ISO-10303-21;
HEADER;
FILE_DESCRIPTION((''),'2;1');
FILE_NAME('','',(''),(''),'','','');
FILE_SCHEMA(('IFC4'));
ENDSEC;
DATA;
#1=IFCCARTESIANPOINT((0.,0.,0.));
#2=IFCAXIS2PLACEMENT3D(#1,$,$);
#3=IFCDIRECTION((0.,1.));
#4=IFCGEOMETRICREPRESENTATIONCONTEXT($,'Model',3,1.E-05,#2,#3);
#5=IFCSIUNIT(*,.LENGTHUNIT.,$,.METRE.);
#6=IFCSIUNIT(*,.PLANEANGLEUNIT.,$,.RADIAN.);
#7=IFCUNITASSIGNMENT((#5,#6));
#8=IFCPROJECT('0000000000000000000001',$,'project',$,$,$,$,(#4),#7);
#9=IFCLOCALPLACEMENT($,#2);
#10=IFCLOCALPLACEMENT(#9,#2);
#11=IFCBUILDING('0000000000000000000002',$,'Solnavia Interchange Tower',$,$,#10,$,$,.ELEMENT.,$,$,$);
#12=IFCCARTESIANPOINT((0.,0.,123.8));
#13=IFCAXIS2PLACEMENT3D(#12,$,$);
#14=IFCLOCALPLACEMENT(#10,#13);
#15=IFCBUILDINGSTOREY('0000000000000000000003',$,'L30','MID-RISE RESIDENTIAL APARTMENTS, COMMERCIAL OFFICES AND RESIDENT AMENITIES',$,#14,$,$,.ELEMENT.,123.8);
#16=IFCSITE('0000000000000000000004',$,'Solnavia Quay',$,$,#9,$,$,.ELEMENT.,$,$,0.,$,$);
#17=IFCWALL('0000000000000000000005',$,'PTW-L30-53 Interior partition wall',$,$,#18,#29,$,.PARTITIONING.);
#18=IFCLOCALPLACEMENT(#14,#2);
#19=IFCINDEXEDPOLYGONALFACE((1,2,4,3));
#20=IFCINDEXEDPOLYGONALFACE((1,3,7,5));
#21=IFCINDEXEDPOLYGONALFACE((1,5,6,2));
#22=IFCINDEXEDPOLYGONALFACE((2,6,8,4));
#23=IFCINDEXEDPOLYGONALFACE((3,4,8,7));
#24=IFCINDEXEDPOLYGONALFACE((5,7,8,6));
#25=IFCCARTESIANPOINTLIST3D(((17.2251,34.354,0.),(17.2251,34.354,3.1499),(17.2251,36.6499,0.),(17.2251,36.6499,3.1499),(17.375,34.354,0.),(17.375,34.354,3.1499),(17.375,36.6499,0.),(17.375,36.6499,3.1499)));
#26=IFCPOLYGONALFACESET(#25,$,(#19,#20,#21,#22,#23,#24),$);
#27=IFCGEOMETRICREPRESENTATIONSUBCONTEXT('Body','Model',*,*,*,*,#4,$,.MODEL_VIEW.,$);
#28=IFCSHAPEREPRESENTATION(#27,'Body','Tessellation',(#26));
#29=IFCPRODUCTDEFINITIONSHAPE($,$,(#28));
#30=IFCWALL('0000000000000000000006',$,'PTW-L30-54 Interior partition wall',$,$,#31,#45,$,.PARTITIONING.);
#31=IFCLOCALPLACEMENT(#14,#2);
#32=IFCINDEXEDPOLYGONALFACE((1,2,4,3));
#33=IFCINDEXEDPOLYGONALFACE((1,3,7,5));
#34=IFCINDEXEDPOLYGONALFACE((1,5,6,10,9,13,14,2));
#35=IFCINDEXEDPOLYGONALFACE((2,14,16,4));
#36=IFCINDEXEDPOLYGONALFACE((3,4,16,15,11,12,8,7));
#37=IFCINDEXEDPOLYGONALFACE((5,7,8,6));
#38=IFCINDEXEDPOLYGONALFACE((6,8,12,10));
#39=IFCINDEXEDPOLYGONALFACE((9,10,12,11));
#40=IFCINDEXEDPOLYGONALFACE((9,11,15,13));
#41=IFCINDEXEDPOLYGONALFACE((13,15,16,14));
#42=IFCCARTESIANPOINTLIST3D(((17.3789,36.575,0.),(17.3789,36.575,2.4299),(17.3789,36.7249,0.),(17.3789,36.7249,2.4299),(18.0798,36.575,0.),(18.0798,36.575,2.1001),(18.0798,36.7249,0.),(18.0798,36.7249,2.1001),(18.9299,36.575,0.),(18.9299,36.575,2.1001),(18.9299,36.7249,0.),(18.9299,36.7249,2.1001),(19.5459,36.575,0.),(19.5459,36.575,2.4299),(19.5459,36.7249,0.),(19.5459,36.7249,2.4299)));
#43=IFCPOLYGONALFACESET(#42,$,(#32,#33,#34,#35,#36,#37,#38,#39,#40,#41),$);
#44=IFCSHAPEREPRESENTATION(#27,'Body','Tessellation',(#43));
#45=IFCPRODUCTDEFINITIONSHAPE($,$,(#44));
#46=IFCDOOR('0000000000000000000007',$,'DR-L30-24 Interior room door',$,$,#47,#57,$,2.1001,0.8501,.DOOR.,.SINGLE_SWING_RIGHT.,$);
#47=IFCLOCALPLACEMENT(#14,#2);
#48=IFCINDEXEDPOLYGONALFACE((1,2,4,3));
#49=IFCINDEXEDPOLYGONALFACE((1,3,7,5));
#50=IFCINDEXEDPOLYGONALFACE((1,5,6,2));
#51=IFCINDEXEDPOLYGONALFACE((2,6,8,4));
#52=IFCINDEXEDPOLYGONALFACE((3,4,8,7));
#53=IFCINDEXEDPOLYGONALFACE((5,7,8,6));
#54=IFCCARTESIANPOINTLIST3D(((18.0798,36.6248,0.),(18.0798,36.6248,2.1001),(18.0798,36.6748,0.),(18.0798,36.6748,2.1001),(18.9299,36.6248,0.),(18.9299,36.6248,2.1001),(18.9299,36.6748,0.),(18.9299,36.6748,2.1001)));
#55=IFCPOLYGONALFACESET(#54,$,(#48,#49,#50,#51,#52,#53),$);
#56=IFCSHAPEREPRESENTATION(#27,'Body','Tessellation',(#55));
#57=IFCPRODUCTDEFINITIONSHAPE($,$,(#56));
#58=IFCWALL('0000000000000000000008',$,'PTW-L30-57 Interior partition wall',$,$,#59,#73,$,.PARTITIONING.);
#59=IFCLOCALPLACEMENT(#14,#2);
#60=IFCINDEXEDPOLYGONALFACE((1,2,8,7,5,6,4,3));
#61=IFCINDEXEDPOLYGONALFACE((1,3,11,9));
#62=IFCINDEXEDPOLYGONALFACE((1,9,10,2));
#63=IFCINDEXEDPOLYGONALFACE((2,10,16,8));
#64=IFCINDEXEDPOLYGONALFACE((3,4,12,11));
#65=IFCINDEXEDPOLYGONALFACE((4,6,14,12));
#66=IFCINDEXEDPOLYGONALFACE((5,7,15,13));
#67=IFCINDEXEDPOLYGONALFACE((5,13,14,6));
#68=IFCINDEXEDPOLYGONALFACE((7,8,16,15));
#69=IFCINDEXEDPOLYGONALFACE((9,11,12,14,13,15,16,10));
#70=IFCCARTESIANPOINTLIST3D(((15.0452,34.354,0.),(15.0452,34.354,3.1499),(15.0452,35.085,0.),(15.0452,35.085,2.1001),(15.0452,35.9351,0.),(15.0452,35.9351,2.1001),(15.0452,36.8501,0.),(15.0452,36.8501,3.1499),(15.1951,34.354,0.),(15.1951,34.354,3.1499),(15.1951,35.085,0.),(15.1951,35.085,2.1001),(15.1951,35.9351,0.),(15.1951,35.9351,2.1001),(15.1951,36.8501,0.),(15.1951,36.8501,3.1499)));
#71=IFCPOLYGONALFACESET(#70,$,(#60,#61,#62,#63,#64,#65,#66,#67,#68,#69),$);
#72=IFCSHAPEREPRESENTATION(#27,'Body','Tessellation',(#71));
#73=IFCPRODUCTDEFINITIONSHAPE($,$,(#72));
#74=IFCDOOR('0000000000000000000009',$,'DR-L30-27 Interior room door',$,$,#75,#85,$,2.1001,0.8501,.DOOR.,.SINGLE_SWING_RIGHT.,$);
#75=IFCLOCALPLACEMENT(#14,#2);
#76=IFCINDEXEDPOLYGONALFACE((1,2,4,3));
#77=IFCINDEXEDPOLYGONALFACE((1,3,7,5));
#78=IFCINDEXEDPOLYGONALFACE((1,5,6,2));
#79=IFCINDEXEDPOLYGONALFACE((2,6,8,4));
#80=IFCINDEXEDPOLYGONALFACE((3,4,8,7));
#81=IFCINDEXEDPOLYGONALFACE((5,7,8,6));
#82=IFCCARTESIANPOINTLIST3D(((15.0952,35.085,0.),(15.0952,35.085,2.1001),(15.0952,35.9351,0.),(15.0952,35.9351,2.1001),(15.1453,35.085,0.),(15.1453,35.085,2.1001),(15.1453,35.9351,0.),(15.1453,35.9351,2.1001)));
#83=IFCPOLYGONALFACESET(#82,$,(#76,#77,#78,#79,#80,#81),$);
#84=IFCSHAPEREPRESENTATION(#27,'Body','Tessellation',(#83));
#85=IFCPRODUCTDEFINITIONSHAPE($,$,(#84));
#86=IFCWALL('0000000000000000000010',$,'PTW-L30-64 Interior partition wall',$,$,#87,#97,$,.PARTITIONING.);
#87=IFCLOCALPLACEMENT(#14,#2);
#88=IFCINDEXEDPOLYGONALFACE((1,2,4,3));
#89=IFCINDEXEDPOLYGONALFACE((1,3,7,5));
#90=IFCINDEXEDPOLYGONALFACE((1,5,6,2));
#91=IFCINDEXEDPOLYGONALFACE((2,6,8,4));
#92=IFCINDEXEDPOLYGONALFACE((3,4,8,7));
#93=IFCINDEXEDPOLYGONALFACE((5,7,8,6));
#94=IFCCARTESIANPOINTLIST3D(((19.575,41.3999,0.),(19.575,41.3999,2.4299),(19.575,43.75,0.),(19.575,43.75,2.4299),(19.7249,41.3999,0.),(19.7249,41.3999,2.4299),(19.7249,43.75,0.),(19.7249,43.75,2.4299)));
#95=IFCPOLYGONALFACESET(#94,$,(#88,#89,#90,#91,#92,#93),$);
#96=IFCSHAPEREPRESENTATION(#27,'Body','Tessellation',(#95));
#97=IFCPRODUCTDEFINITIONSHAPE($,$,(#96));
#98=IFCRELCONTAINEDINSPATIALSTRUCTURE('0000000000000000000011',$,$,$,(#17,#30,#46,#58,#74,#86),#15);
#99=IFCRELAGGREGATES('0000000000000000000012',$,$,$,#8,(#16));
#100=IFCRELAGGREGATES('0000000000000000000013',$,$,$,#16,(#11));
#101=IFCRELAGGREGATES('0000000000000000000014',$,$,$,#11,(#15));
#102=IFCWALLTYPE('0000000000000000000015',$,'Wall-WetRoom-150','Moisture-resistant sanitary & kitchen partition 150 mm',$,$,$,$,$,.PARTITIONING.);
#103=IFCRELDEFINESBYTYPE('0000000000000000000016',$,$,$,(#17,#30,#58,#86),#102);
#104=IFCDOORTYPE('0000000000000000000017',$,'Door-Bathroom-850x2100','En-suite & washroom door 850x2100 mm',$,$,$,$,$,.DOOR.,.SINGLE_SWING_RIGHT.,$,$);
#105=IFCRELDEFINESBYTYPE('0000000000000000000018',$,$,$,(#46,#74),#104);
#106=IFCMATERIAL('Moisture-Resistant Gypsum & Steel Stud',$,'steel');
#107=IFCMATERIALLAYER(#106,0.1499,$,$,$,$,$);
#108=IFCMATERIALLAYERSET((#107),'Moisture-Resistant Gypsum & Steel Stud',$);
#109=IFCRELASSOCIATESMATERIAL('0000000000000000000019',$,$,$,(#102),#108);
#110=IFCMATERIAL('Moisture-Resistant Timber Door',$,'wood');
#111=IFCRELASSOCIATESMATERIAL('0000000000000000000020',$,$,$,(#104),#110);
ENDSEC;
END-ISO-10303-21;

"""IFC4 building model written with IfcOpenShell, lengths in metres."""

from ifc_helpers import new_model, si_unit, direction, frame, frame_2d, origin, place, context, subcontext, project, spatial, rectangle, extrude, material, layer, layer_set, type_object, element, fill, save


model = new_model("IFC4")

# Units and contexts
model_context = context("Model", 3, precision=1e-05, world=origin(), true_north=direction((0.0, 1.0)))
body_context = subcontext(model_context, "Body", "Model", "MODEL_VIEW")
ifc_project = project(units=[si_unit("LENGTHUNIT", "METRE"), si_unit("PLANEANGLEUNIT", "RADIAN")], contexts=[model_context])

# Site, building, storey
site_placement = place(None, origin())
site = spatial("IfcSite", under=ifc_project, at=site_placement, Name="Solnavia Quay", CompositionType="ELEMENT", RefElevation=0.0)
building_placement = place(site_placement, origin())
building = spatial("IfcBuilding", under=site, at=building_placement, Name="Solnavia Interchange Tower", CompositionType="ELEMENT")
storey_placement = place(building_placement, frame((0.0, 0.0, 123.8)))
storey = spatial("IfcBuildingStorey", under=building, at=storey_placement, Name="L30", Description="MID-RISE RESIDENTIAL APARTMENTS, COMMERCIAL OFFICES AND RESIDENT AMENITIES", CompositionType="ELEMENT", Elevation=123.8)

# Wall
ifc_material_1 = material(Name="Moisture-Resistant Gypsum & Steel Stud", Category="steel")
ifc_layer_1 = layer(ifc_material_1, 0.1499)
ifc_layer_set_1 = layer_set([ifc_layer_1], Name="Moisture-Resistant Gypsum & Steel Stud")
wall_type_1 = type_object("IfcWallType", Name="Wall-WetRoom-150", Description="Moisture-resistant sanitary & kitchen partition 150 mm", PredefinedType="PARTITIONING", material=ifc_layer_set_1)
wall_1_placement = place(storey_placement, frame((17.3, 34.354, 0.0), z_axis=(0.0, 0.0, 1.0), x_axis=(0.0, 1.0, 0.0)))
element("IfcWall", 1, at=wall_1_placement, inside=storey, type_object=wall_type_1, Name="PTW-L30-53 Interior partition wall", PredefinedType="PARTITIONING", context=body_context, shape_type="SweptSolid", body=[
    extrude(rectangle(XDim=2.2959, YDim=0.1499, at=frame_2d((1.1479, 0.0))), origin(), (0.0, 0.0, 1.0), 3.1499),
])

# Walls, openings, doors
wall_2_placement = place(storey_placement, frame((17.3789, 36.6499, 0.0), z_axis=(0.0, 0.0, 1.0), x_axis=(1.0, 0.0, 0.0)))
wall_2 = element("IfcWall", 2, at=wall_2_placement, inside=storey, type_object=wall_type_1, Name="PTW-L30-54 Interior partition wall", PredefinedType="PARTITIONING", context=body_context, shape_type="SweptSolid", body=[
    extrude(rectangle(XDim=2.167, YDim=0.1499, at=frame_2d((1.0835, 0.0))), origin(), (0.0, 0.0, 1.0), 2.4299),
])
opening_1_placement = place(wall_2_placement, frame((0.7009, 0.0, 0.0)))
opening_1 = element("IfcOpeningElement", 3, at=opening_1_placement, cuts=wall_2, PredefinedType="OPENING", context=body_context, shape_type="SweptSolid", body=[
    extrude(rectangle(XDim=0.8501, YDim=2.1001, at=frame_2d((0.425, 1.05))), frame((0.0, 0.085, 0.0), z_axis=(0.0, -1.0, 0.0), x_axis=(1.0, 0.0, 0.0)), (0.0, 0.0, 1.0), 0.1699),
])
ifc_material_2 = material(Name="Moisture-Resistant Timber Door", Category="wood")
door_type_1 = type_object("IfcDoorType", Name="Door-Bathroom-850x2100", Description="En-suite & washroom door 850x2100 mm", OperationType="SINGLE_SWING_RIGHT", PredefinedType="DOOR", material=ifc_material_2)
door_1_placement = place(opening_1_placement, origin())
door_1 = element("IfcDoor", 4, at=door_1_placement, inside=storey, type_object=door_type_1, Name="DR-L30-24 Interior room door", OperationType="SINGLE_SWING_RIGHT", OverallHeight=2.1001, OverallWidth=0.8501, PredefinedType="DOOR", context=body_context, shape_type="SweptSolid", body=[
    extrude(rectangle(XDim=0.8501, YDim=2.1001, at=frame_2d((0.425, 1.05))), frame((0.0, 0.0249, 0.0), z_axis=(0.0, -1.0, 0.0), x_axis=(1.0, 0.0, 0.0)), (0.0, 0.0, 1.0), 0.05),
])
fill(opening_1, door_1)
wall_3_placement = place(storey_placement, frame((15.1201, 34.354, 0.0), z_axis=(0.0, 0.0, 1.0), x_axis=(0.0, 1.0, 0.0)))
wall_3 = element("IfcWall", 5, at=wall_3_placement, inside=storey, type_object=wall_type_1, Name="PTW-L30-57 Interior partition wall", PredefinedType="PARTITIONING", context=body_context, shape_type="SweptSolid", body=[
    extrude(rectangle(XDim=2.4961, YDim=0.1499, at=frame_2d((1.248, 0.0))), origin(), (0.0, 0.0, 1.0), 3.1499),
])
opening_2_placement = place(wall_3_placement, frame((0.731, 0.0, 0.0)))
opening_2 = element("IfcOpeningElement", 6, at=opening_2_placement, cuts=wall_3, PredefinedType="OPENING", context=body_context, shape_type="SweptSolid", body=[
    extrude(rectangle(XDim=0.8501, YDim=2.1001, at=frame_2d((0.425, 1.05))), frame((0.0, 0.085, 0.0), z_axis=(0.0, -1.0, 0.0), x_axis=(1.0, 0.0, 0.0)), (0.0, 0.0, 1.0), 0.1699),
])
door_2_placement = place(opening_2_placement, origin())
door_2 = element("IfcDoor", 7, at=door_2_placement, inside=storey, type_object=door_type_1, Name="DR-L30-27 Interior room door", OperationType="SINGLE_SWING_RIGHT", OverallHeight=2.1001, OverallWidth=0.8501, PredefinedType="DOOR", context=body_context, shape_type="SweptSolid", body=[
    extrude(rectangle(XDim=0.8501, YDim=2.1001, at=frame_2d((0.425, 1.05))), frame((0.0, 0.0249, 0.0), z_axis=(0.0, -1.0, 0.0), x_axis=(1.0, 0.0, 0.0)), (0.0, 0.0, 1.0), 0.05),
])
fill(opening_2, door_2)

# Wall
wall_4_placement = place(storey_placement, frame((19.6499, 41.3999, 0.0), z_axis=(0.0, 0.0, 1.0), x_axis=(0.0, 1.0, 0.0)))
element("IfcWall", 8, at=wall_4_placement, inside=storey, type_object=wall_type_1, Name="PTW-L30-64 Interior partition wall", PredefinedType="PARTITIONING", context=body_context, shape_type="SweptSolid", body=[
    extrude(rectangle(XDim=2.3501, YDim=0.1499, at=frame_2d((1.175, 0.0))), origin(), (0.0, 0.0, 1.0), 2.4299),
])

save(model, "model.ifc")
